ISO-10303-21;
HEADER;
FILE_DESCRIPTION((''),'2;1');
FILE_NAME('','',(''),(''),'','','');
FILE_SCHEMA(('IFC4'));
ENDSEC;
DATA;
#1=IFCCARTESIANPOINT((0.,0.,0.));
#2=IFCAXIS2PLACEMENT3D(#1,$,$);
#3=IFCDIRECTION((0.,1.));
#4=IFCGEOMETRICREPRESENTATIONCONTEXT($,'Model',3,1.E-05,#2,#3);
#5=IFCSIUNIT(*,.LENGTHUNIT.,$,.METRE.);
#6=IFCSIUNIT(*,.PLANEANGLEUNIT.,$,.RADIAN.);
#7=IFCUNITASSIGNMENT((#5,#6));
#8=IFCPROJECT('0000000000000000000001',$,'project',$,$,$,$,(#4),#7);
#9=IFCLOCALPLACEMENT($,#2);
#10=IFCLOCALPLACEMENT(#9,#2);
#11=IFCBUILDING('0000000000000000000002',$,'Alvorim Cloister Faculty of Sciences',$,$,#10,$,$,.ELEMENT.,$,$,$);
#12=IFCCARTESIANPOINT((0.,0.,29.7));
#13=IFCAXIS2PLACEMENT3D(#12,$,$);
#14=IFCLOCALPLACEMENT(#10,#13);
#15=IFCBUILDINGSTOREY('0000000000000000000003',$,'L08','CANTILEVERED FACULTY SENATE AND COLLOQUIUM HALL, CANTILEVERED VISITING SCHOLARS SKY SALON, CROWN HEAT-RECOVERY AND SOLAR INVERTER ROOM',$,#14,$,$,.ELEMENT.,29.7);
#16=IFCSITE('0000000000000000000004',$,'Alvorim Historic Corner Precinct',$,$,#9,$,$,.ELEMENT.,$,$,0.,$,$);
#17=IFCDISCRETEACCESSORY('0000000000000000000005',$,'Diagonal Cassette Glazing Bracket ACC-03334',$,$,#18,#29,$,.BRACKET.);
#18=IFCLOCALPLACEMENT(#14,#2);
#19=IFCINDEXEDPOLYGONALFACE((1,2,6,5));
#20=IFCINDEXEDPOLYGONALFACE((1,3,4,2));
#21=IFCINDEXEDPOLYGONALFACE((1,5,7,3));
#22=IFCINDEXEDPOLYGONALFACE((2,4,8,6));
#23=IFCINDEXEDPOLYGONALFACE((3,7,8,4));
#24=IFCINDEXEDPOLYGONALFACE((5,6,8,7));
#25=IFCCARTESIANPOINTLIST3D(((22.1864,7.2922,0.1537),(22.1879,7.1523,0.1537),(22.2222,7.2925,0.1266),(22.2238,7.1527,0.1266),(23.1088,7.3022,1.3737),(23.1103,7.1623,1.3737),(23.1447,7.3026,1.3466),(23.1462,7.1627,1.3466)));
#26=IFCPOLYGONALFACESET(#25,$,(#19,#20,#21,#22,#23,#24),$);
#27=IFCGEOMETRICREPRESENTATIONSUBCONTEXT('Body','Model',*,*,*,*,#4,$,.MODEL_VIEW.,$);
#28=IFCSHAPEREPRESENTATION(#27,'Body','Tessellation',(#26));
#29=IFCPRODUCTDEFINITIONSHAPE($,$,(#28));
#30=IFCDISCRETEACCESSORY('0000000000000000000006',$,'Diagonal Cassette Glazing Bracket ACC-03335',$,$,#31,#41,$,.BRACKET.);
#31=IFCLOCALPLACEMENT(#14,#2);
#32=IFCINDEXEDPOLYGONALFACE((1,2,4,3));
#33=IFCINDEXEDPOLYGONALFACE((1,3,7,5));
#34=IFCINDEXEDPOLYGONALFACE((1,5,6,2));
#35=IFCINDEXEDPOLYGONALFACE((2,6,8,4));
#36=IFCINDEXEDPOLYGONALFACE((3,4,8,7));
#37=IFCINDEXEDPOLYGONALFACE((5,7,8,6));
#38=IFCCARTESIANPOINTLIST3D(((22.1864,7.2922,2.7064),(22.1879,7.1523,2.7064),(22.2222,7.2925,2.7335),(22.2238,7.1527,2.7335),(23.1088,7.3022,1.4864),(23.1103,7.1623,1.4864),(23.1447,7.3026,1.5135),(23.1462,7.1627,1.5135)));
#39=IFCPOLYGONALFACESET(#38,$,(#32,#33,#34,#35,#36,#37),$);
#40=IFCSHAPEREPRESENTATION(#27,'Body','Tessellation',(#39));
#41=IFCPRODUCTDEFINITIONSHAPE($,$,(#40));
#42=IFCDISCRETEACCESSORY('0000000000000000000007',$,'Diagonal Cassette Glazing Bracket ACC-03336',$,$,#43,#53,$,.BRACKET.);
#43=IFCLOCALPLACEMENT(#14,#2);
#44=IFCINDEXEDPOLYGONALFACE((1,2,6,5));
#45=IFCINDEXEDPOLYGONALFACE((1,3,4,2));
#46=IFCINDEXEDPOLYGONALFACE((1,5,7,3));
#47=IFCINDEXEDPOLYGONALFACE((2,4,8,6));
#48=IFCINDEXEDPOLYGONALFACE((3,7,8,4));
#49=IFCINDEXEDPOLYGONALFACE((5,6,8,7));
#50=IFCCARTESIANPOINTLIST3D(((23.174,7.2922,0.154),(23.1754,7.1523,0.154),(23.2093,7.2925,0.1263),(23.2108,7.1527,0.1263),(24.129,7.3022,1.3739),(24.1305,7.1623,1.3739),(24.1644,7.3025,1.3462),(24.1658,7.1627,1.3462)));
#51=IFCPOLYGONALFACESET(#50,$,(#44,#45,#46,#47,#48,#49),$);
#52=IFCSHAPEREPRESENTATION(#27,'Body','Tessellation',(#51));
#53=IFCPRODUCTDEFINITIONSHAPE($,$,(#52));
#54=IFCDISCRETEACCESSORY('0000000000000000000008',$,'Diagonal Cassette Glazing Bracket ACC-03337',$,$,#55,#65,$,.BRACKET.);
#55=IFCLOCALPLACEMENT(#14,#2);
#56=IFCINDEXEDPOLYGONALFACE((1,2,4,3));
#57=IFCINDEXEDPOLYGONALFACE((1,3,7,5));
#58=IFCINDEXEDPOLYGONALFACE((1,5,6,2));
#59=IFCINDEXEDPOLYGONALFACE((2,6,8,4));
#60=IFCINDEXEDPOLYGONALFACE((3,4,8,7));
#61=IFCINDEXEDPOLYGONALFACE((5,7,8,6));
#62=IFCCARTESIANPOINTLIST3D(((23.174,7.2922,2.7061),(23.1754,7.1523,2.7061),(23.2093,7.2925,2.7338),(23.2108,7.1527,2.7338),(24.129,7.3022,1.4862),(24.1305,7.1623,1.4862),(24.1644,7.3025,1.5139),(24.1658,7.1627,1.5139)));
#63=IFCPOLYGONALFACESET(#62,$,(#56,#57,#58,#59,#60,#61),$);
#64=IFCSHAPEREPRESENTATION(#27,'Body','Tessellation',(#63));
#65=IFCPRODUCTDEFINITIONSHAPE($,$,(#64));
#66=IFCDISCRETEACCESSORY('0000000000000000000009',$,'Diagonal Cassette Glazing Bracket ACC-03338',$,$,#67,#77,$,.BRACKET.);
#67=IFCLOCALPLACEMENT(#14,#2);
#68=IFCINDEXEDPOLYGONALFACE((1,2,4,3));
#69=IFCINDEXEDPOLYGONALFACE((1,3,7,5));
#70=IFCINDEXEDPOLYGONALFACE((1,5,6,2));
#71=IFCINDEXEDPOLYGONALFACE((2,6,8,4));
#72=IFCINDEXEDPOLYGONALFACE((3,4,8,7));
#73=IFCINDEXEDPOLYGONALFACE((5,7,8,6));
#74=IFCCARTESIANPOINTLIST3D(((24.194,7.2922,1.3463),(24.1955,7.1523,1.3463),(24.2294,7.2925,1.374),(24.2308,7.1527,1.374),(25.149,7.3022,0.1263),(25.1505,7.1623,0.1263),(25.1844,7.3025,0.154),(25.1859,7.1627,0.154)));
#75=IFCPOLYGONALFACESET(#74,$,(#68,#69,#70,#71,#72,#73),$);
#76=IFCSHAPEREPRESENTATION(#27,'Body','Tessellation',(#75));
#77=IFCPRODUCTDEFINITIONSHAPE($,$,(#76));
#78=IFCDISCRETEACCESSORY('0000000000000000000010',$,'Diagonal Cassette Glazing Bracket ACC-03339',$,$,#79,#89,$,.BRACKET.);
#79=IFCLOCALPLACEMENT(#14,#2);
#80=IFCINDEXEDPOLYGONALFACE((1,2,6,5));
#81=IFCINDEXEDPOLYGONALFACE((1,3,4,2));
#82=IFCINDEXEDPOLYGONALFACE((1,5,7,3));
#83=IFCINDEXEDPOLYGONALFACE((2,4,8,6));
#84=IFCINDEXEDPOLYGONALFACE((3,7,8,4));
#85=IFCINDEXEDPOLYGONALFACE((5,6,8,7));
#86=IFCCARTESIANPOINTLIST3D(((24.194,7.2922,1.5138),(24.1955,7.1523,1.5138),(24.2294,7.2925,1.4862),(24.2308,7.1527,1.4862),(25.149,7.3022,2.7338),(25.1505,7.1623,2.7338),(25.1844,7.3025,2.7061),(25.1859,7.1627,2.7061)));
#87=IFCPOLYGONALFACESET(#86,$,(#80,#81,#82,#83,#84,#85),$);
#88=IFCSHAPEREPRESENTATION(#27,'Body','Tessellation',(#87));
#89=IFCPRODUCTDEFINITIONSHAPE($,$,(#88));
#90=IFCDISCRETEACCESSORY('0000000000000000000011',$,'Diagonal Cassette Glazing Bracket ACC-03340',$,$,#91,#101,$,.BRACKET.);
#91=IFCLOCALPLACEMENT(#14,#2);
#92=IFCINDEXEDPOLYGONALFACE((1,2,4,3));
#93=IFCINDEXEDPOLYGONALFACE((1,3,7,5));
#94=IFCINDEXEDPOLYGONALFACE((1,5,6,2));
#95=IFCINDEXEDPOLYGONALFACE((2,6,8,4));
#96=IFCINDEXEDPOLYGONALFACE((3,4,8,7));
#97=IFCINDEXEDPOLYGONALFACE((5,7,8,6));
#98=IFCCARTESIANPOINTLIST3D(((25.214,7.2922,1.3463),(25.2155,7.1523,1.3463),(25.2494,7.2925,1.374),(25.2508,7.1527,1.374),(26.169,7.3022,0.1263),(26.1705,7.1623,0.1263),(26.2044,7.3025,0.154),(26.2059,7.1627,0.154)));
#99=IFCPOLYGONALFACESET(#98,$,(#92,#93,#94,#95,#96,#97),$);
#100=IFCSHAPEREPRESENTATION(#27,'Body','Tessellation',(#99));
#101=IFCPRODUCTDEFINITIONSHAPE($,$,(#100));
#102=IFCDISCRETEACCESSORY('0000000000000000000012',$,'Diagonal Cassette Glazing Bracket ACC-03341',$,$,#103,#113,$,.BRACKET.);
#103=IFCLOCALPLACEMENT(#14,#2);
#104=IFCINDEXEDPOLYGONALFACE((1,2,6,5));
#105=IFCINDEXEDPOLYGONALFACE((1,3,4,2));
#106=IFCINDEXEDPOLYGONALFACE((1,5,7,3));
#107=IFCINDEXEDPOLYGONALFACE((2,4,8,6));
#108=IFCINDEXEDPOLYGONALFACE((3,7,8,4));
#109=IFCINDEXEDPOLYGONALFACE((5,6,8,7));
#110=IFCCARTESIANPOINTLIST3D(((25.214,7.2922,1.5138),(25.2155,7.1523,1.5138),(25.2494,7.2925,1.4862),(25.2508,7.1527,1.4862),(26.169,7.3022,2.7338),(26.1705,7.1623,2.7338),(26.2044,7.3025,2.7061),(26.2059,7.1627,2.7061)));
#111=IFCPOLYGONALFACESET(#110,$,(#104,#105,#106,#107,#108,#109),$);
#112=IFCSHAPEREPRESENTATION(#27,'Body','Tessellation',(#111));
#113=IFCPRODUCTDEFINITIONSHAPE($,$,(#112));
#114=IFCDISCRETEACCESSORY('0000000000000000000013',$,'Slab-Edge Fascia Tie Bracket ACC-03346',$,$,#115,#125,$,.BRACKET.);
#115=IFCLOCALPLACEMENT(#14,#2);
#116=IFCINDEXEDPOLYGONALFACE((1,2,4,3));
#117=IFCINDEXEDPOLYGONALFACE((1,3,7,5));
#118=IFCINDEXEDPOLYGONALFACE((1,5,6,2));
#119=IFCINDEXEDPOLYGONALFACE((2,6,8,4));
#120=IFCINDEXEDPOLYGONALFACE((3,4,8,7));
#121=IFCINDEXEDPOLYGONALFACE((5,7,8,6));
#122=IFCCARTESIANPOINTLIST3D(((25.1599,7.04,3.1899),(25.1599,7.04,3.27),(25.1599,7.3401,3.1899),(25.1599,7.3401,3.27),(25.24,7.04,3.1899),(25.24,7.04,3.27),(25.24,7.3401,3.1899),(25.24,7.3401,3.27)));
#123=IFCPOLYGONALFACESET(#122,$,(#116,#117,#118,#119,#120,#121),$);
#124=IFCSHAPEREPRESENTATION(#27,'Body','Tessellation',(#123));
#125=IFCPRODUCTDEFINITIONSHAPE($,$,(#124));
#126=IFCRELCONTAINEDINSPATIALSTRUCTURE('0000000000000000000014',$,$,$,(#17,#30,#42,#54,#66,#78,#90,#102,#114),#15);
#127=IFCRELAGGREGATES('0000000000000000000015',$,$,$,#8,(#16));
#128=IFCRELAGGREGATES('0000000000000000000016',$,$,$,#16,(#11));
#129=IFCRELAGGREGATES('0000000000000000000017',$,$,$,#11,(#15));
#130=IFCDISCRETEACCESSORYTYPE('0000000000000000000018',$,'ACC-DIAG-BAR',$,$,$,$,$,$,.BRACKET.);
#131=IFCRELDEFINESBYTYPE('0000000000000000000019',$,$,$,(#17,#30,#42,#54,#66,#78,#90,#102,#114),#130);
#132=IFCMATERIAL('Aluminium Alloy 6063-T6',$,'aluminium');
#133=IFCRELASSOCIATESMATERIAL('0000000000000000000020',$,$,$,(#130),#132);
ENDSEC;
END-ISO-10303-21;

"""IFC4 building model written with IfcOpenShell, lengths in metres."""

from ifc_helpers import new_model, si_unit, direction, frame, origin, origin_2d, place, context, subcontext, project, spatial, rectangle, extrude, material, type_object, element, save


model = new_model("IFC4")

# Units and contexts
model_context = context("Model", 3, precision=1e-05, world=origin(), true_north=direction((0.0, 1.0)))
body_context = subcontext(model_context, "Body", "Model", "MODEL_VIEW")
ifc_project = project(units=[si_unit("LENGTHUNIT", "METRE"), si_unit("PLANEANGLEUNIT", "RADIAN")], contexts=[model_context])

# Site, building, storey
site_placement = place(None, origin())
site = spatial("IfcSite", under=ifc_project, at=site_placement, Name="Alvorim Historic Corner Precinct", CompositionType="ELEMENT", RefElevation=0.0)
building_placement = place(site_placement, origin())
building = spatial("IfcBuilding", under=site, at=building_placement, Name="Alvorim Cloister Faculty of Sciences", CompositionType="ELEMENT")
storey_placement = place(building_placement, frame((0.0, 0.0, 29.7)))
storey = spatial("IfcBuildingStorey", under=building, at=storey_placement, Name="L08", Description="CANTILEVERED FACULTY SENATE AND COLLOQUIUM HALL, CANTILEVERED VISITING SCHOLARS SKY SALON, CROWN HEAT-RECOVERY AND SOLAR INVERTER ROOM", CompositionType="ELEMENT", Elevation=29.7)

# Shared definitions
ifc_material_1 = material(Name="Aluminium Alloy 6063-T6", Category="aluminium")

# Discrete accessories
discrete_accessory_type = type_object("IfcDiscreteAccessoryType", Name="ACC-DIAG-BAR", PredefinedType="BRACKET", material=ifc_material_1)
for number, where, z_axis, x_axis, name in (
    (1, (22.2051, 7.2224, 0.1401), (0.603073, 0.006545, 0.797659), (-0.010852, 0.999941, 0.0), "Diagonal Cassette Glazing Bracket ACC-03334"),
    (2, (22.2051, 7.2224, 2.72), (0.603073, 0.006545, -0.797659), (-0.010852, 0.999941, 0.0), "Diagonal Cassette Glazing Bracket ACC-03335"),
):
    element("IfcDiscreteAccessory", number, at=place(storey_placement, frame(where, z_axis=z_axis, x_axis=x_axis)), inside=storey, type_object=discrete_accessory_type, Name=name, PredefinedType="BRACKET", context=body_context, shape_type="SweptSolid", body=[
        extrude(rectangle(XDim=0.1399, YDim=0.0449, at=origin_2d()), origin(), (0.0, 0.0, 1.0), 1.5295),
    ])
for number, where, z_axis, x_axis, name in (
    (3, (23.1924, 7.2224, 0.1401), (0.616423, 0.00646, 0.787389), (-0.01048, 0.999945, 0.0), "Diagonal Cassette Glazing Bracket ACC-03336"),
    (4, (23.1924, 7.2224, 2.72), (0.616423, 0.00646, -0.787389), (-0.01048, 0.999945, 0.0), "Diagonal Cassette Glazing Bracket ACC-03337"),
    (5, (24.2124, 7.2224, 1.3601), (0.616423, 0.00646, -0.787389), (-0.01048, 0.999945, 0.0), "Diagonal Cassette Glazing Bracket ACC-03338"),
    (6, (24.2124, 7.2224, 1.5), (0.616423, 0.00646, 0.787389), (-0.01048, 0.999945, 0.0), "Diagonal Cassette Glazing Bracket ACC-03339"),
    (7, (25.2324, 7.2224, 1.3601), (0.616423, 0.00646, -0.787389), (-0.01048, 0.999945, 0.0), "Diagonal Cassette Glazing Bracket ACC-03340"),
    (8, (25.2324, 7.2224, 1.5), (0.616423, 0.00646, 0.787389), (-0.01048, 0.999945, 0.0), "Diagonal Cassette Glazing Bracket ACC-03341"),
):
    element("IfcDiscreteAccessory", number, at=place(storey_placement, frame(where, z_axis=z_axis, x_axis=x_axis)), inside=storey, type_object=discrete_accessory_type, Name=name, PredefinedType="BRACKET", context=body_context, shape_type="SweptSolid", body=[
        extrude(rectangle(XDim=0.1399, YDim=0.0449, at=origin_2d()), origin(), (0.0, 0.0, 1.0), 1.5493),
    ])
discrete_accessory_placement = place(storey_placement, frame((25.2, 7.3401, 3.23), z_axis=(0.0, -1.0, 0.0), x_axis=(1.0, 0.0, 0.0)))
element("IfcDiscreteAccessory", 9, at=discrete_accessory_placement, inside=storey, type_object=discrete_accessory_type, Name="Slab-Edge Fascia Tie Bracket ACC-03346", PredefinedType="BRACKET", context=body_context, shape_type="SweptSolid", body=[
    extrude(rectangle(XDim=0.0801, YDim=0.0801, at=origin_2d()), origin(), (0.0, 0.0, 1.0), 0.3),
])

save(model, "model.ifc")
